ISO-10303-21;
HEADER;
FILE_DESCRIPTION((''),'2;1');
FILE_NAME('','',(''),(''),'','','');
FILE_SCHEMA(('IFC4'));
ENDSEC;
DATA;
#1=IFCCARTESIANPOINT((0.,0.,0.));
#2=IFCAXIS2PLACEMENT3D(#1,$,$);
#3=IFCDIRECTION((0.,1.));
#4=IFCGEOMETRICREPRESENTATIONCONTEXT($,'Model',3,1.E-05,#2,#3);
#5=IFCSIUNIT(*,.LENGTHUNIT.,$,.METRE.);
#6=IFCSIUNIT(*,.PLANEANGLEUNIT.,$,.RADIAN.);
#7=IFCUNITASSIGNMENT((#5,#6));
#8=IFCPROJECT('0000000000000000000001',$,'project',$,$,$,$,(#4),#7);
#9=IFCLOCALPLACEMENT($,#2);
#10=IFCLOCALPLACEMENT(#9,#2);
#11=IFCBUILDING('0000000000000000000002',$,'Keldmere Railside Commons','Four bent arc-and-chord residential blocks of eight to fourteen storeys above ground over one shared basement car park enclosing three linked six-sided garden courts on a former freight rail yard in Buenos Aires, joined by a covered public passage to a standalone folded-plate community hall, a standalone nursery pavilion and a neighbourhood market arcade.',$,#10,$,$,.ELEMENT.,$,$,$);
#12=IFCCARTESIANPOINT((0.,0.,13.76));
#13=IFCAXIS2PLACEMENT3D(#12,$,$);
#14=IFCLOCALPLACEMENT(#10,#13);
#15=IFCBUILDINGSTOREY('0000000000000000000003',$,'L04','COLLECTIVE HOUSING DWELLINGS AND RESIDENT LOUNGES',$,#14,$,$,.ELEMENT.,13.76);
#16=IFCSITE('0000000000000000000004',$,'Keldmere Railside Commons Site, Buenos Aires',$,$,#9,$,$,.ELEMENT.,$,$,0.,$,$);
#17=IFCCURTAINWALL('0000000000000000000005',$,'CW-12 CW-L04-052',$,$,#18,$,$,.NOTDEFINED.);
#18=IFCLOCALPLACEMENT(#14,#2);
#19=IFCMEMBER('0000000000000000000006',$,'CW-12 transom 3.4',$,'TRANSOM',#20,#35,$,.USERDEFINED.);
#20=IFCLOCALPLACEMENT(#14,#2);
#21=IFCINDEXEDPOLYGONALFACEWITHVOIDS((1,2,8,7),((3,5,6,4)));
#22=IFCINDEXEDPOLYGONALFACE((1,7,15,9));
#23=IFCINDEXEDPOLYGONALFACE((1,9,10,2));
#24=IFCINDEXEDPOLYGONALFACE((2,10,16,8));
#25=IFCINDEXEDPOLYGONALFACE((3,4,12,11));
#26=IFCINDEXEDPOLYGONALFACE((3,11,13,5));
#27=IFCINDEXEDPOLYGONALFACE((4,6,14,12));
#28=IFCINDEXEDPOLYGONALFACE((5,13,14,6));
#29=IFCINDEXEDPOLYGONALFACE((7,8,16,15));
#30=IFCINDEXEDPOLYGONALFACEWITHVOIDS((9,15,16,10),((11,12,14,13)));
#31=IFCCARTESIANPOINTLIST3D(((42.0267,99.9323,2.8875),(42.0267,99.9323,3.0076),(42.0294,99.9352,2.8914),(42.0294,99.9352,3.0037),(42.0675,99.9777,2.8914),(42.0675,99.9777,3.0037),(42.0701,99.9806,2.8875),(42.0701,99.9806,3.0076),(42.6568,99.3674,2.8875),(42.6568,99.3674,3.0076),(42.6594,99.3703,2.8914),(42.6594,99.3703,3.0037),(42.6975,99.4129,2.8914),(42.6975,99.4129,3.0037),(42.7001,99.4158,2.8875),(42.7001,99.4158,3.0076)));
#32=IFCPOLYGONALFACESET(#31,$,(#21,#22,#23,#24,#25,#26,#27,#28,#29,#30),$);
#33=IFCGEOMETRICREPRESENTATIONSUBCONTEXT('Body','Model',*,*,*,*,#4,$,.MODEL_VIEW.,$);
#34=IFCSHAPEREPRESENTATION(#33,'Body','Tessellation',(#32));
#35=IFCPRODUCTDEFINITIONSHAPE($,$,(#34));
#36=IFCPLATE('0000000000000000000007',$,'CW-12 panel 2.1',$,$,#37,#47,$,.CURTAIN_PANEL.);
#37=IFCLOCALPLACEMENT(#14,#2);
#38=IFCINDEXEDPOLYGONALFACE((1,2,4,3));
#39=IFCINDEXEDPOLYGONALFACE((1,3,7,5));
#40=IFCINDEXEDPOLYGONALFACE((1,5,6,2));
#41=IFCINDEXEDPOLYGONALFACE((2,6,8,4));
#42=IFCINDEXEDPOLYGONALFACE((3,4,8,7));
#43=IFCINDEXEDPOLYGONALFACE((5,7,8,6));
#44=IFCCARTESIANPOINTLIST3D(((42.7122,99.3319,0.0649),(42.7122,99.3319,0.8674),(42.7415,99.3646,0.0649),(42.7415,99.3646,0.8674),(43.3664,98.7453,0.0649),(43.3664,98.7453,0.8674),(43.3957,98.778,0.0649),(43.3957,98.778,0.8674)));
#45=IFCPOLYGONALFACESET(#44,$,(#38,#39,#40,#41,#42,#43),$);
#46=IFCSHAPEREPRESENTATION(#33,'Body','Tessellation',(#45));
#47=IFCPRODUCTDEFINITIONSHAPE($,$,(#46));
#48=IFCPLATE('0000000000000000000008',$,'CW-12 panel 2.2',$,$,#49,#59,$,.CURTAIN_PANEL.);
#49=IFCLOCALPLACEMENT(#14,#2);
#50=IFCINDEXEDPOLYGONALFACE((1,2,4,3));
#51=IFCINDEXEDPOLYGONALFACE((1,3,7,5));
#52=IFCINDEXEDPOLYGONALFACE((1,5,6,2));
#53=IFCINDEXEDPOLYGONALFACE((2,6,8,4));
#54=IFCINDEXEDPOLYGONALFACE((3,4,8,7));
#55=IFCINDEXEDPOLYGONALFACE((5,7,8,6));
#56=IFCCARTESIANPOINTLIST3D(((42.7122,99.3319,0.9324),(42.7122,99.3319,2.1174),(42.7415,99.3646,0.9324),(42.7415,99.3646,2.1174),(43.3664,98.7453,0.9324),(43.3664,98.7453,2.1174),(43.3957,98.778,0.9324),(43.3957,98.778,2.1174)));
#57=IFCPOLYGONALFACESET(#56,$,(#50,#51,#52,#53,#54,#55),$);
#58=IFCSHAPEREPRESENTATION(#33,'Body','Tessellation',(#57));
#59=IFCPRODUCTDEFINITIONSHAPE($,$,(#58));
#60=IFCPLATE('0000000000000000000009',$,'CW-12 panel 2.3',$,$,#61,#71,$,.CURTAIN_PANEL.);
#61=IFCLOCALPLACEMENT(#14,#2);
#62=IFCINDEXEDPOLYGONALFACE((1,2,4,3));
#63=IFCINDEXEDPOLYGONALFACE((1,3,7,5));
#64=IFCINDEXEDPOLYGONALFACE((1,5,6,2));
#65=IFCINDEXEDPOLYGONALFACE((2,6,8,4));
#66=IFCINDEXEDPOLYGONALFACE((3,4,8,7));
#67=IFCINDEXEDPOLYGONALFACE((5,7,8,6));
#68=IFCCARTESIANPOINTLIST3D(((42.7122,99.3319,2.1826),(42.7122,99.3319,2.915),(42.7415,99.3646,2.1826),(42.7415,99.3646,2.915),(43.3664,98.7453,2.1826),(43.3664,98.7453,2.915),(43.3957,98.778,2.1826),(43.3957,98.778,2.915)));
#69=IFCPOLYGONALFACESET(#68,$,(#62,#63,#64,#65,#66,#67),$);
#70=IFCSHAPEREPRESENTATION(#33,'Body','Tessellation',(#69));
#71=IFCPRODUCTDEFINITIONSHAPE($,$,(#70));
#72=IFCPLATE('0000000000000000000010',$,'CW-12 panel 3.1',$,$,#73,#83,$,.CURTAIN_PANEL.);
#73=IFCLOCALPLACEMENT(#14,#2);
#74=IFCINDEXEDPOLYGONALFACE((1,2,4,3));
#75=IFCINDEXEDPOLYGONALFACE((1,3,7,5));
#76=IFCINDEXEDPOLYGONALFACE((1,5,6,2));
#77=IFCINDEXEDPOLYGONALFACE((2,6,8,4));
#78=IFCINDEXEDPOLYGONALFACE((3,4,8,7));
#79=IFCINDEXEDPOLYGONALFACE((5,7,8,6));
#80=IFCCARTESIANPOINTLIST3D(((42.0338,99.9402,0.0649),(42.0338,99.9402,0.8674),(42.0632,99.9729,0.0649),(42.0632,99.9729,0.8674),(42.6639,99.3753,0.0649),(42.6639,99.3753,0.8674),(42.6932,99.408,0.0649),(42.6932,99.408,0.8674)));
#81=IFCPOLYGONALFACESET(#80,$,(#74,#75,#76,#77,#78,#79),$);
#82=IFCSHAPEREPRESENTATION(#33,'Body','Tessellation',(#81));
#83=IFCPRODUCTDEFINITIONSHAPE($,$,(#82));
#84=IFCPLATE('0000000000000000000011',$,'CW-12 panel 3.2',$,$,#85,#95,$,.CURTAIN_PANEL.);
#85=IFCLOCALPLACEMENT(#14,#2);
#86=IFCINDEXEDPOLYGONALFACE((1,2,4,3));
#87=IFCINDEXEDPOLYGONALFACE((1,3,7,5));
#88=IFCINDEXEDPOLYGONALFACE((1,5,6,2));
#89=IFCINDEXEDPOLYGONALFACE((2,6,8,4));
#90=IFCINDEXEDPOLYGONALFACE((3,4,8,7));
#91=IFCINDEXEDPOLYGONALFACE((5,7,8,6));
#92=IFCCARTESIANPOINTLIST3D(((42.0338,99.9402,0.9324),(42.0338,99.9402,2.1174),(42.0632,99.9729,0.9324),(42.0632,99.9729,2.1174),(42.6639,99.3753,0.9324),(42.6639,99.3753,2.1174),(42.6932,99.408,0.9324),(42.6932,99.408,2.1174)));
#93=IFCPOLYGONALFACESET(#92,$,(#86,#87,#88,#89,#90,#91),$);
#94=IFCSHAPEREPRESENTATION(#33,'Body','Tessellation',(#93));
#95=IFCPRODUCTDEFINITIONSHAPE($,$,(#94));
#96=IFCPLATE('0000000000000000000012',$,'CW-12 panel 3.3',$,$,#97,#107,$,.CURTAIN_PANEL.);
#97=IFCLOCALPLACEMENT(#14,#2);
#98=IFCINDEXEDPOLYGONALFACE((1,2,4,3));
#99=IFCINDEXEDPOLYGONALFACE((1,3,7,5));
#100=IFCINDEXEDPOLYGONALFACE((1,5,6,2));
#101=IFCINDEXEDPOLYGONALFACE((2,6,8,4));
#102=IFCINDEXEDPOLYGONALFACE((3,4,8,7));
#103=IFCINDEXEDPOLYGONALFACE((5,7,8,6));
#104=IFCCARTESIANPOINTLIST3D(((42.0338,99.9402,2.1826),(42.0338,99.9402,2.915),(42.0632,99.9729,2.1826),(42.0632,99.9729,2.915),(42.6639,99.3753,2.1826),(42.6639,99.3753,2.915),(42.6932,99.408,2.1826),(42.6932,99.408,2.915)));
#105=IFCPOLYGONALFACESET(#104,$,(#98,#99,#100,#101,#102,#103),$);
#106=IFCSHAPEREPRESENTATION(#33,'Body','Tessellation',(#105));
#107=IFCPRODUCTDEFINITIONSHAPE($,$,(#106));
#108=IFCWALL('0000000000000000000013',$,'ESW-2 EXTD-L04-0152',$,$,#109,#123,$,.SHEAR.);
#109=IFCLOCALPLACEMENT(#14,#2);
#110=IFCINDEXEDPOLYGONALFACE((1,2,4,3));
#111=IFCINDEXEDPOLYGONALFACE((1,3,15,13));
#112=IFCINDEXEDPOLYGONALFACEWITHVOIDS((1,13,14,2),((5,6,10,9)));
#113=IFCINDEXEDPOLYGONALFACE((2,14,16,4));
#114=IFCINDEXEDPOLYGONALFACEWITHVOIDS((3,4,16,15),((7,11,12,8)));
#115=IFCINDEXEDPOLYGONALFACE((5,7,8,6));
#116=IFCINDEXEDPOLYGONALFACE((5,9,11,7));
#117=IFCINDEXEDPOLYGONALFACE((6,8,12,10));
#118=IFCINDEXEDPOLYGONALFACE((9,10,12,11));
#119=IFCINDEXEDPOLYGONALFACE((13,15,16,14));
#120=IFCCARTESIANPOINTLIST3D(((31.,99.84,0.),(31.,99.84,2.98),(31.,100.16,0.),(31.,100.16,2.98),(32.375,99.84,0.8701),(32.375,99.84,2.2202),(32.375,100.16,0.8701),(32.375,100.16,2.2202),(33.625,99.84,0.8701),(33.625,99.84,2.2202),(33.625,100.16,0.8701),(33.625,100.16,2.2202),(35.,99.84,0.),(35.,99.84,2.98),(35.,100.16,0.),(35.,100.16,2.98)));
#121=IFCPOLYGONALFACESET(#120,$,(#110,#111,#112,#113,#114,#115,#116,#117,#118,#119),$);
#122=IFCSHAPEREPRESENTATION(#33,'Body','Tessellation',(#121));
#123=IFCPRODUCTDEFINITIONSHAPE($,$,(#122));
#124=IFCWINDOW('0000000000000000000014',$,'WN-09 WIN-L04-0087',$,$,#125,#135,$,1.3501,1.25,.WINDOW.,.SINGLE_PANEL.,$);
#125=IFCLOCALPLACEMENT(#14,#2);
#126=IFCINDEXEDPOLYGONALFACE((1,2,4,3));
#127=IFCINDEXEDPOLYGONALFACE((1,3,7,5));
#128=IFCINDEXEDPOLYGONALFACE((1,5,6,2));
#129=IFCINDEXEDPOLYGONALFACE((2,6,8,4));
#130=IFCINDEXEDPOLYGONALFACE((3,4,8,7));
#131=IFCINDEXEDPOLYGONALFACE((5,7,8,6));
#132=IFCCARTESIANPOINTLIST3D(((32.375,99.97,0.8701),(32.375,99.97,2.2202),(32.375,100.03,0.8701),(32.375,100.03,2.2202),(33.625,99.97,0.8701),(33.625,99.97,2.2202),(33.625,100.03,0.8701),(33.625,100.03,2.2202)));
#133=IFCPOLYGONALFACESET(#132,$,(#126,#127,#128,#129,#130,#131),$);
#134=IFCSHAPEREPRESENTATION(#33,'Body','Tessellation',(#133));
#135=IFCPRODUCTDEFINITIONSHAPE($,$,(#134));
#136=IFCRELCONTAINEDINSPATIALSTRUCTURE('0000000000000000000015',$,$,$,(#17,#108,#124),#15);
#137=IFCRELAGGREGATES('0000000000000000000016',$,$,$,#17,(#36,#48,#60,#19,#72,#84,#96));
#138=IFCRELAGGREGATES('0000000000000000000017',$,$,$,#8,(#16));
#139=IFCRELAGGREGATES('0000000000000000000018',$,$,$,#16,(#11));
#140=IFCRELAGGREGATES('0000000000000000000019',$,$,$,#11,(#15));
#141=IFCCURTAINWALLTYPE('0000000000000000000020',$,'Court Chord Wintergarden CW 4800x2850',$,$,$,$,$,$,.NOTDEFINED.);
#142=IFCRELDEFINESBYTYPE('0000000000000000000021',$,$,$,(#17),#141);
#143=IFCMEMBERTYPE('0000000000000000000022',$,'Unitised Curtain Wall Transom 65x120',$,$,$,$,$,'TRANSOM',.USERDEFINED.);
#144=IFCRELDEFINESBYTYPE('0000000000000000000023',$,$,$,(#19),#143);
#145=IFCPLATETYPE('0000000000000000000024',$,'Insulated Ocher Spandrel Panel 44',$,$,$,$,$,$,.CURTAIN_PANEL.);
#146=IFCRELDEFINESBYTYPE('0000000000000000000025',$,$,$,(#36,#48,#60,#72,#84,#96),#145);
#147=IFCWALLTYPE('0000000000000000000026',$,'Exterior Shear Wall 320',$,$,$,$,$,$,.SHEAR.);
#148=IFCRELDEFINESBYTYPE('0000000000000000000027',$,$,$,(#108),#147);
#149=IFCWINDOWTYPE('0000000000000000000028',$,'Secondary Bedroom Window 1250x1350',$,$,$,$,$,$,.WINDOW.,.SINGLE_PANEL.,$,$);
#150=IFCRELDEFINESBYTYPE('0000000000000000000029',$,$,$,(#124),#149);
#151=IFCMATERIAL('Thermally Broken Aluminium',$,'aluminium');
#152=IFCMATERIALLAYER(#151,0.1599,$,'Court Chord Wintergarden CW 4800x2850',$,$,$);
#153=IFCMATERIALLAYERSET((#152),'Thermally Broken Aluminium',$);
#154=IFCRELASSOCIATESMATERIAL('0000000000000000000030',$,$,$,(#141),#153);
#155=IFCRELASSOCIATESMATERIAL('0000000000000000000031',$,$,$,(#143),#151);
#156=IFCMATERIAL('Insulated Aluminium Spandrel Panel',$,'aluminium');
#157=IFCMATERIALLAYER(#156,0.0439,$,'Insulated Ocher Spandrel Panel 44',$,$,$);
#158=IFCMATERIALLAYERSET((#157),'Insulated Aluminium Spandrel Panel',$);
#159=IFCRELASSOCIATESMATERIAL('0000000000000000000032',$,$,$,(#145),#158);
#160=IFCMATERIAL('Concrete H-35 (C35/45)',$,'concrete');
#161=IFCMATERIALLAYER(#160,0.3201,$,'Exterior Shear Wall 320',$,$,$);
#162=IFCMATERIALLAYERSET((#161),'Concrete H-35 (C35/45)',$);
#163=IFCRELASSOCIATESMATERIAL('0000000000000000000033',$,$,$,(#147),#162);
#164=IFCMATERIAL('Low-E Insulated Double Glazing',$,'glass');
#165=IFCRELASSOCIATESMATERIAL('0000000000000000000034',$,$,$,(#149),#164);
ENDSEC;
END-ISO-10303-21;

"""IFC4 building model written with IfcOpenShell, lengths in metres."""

from ifc_helpers import new_model, si_unit, direction, frame, frame_2d, origin, origin_2d, place, context, subcontext, project, spatial, rectangle, hollow_rectangle, extrude, material, layer, layer_set, material_profile, profile_set, type_object, element, fill, aggregate, save


model = new_model("IFC4")

# Units and contexts
model_context = context("Model", 3, precision=1e-05, world=origin(), true_north=direction((0.0, 1.0)))
body_context = subcontext(model_context, "Body", "Model", "MODEL_VIEW")
ifc_project = project(units=[si_unit("LENGTHUNIT", "METRE"), si_unit("PLANEANGLEUNIT", "RADIAN")], contexts=[model_context])

# Site, building, storey
site_placement = place(None, origin())
site = spatial("IfcSite", under=ifc_project, at=site_placement, Name="Keldmere Railside Commons Site, Buenos Aires", CompositionType="ELEMENT", RefElevation=0.0)
building_placement = place(site_placement, origin())
building = spatial("IfcBuilding", under=site, at=building_placement, Name="Keldmere Railside Commons", Description="Four bent arc-and-chord residential blocks of eight to fourteen storeys above ground over one shared basement car park enclosing three linked six-sided garden courts on a former freight rail yard in Buenos Aires, joined by a covered public passage to a standalone folded-plate community hall, a standalone nursery pavilion and a neighbourhood market arcade.", CompositionType="ELEMENT")
storey_placement = place(building_placement, frame((0.0, 0.0, 13.76)))
storey = spatial("IfcBuildingStorey", under=building, at=storey_placement, Name="L04", Description="COLLECTIVE HOUSING DWELLINGS AND RESIDENT LOUNGES", CompositionType="ELEMENT", Elevation=13.76)

# Shared definitions
ifc_material_1 = material(Name="Concrete H-35 (C35/45)", Category="concrete")

# Curtain wall, member, plates
ifc_material_2 = material(Name="Thermally Broken Aluminium", Category="aluminium")
ifc_layer_1 = layer(ifc_material_2, 0.1599, Name="Court Chord Wintergarden CW 4800x2850")
ifc_layer_set_1 = layer_set([ifc_layer_1], Name="Thermally Broken Aluminium")
curtain_wall_type = type_object("IfcCurtainWallType", Name="Court Chord Wintergarden CW 4800x2850", PredefinedType="NOTDEFINED", material=ifc_layer_set_1)
curtain_wall_placement = place(storey_placement, origin())
curtain_wall = element("IfcCurtainWall", 1, at=curtain_wall_placement, inside=storey, type_object=curtain_wall_type, Name="CW-12 CW-L04-052", PredefinedType="NOTDEFINED")
ifc_material_profile_1 = material_profile(ifc_material_2, hollow_rectangle(XDim=0.0649, YDim=0.1201, WallThickness=0.0039, at=origin_2d()), Name="ALU-TRAN-65x120")
ifc_profile_set_1 = profile_set([ifc_material_profile_1], Name="Thermally Broken Aluminium")
member_type_1 = type_object("IfcMemberType", Name="Unitised Curtain Wall Transom 65x120", ElementType="TRANSOM", PredefinedType="USERDEFINED", material=ifc_profile_set_1)
member_1_placement = place(storey_placement, frame((42.6785, 99.3916, 2.9475), z_axis=(-0.744569, 0.667545, 0.0), x_axis=(-0.667545, -0.744569, 0.0)))
member_1 = element("IfcMember", 2, at=member_1_placement, type_object=member_type_1, Name="CW-12 transom 3.4", ObjectType="TRANSOM", PredefinedType="USERDEFINED", context=body_context, shape_type="SweptSolid", body=[
    extrude(hollow_rectangle(XDim=0.0649, YDim=0.1201, WallThickness=0.0039, at=origin_2d()), origin(), (0.0, 0.0, 1.0), 0.8462),
])
ifc_material_3 = material(Name="Insulated Aluminium Spandrel Panel", Category="aluminium")
ifc_layer_2 = layer(ifc_material_3, 0.0439, Name="Insulated Ocher Spandrel Panel 44")
ifc_layer_set_2 = layer_set([ifc_layer_2], Name="Insulated Aluminium Spandrel Panel")
plate_type = type_object("IfcPlateType", Name="Insulated Ocher Spandrel Panel 44", PredefinedType="CURTAIN_PANEL", material=ifc_layer_set_2)
plate_1_placement = place(storey_placement, frame((43.054, 99.0549, 0.0649), z_axis=(0.0, 0.0, 1.0), x_axis=(-0.744557, 0.667559, 0.0)))
plate_1 = element("IfcPlate", 3, at=plate_1_placement, type_object=plate_type, Name="CW-12 panel 2.1", PredefinedType="CURTAIN_PANEL", context=body_context, shape_type="SweptSolid", body=[
    extrude(rectangle(XDim=0.8787, YDim=0.0439, at=origin_2d()), origin(), (0.0, 0.0, 1.0), 0.8025),
])
plate_2_placement = place(storey_placement, frame((43.054, 99.0549, 0.9324), z_axis=(0.0, 0.0, 1.0), x_axis=(-0.744557, 0.667559, 0.0)))
plate_2 = element("IfcPlate", 4, at=plate_2_placement, type_object=plate_type, Name="CW-12 panel 2.2", PredefinedType="CURTAIN_PANEL", context=body_context, shape_type="SweptSolid", body=[
    extrude(rectangle(XDim=0.8787, YDim=0.0439, at=origin_2d()), origin(), (0.0, 0.0, 1.0), 1.1851),
])
plate_3_placement = place(storey_placement, frame((43.054, 99.0549, 2.1826), z_axis=(0.0, 0.0, 1.0), x_axis=(-0.744557, 0.667559, 0.0)))
plate_3 = element("IfcPlate", 5, at=plate_3_placement, type_object=plate_type, Name="CW-12 panel 2.3", PredefinedType="CURTAIN_PANEL", context=body_context, shape_type="SweptSolid", body=[
    extrude(rectangle(XDim=0.8787, YDim=0.0439, at=origin_2d()), origin(), (0.0, 0.0, 1.0), 0.7324),
])
plate_4_placement = place(storey_placement, frame((42.3635, 99.6741, 0.0649), z_axis=(0.0, 0.0, 1.0), x_axis=(-0.744557, 0.667559, 0.0)))
plate_4 = element("IfcPlate", 6, at=plate_4_placement, type_object=plate_type, Name="CW-12 panel 3.1", PredefinedType="CURTAIN_PANEL", context=body_context, shape_type="SweptSolid", body=[
    extrude(rectangle(XDim=0.8462, YDim=0.0439, at=origin_2d()), origin(), (0.0, 0.0, 1.0), 0.8025),
])
plate_5_placement = place(storey_placement, frame((42.3635, 99.6741, 0.9324), z_axis=(0.0, 0.0, 1.0), x_axis=(-0.744557, 0.667559, 0.0)))
plate_5 = element("IfcPlate", 7, at=plate_5_placement, type_object=plate_type, Name="CW-12 panel 3.2", PredefinedType="CURTAIN_PANEL", context=body_context, shape_type="SweptSolid", body=[
    extrude(rectangle(XDim=0.8462, YDim=0.0439, at=origin_2d()), origin(), (0.0, 0.0, 1.0), 1.1851),
])
plate_6_placement = place(storey_placement, frame((42.3635, 99.6741, 2.1826), z_axis=(0.0, 0.0, 1.0), x_axis=(-0.744557, 0.667559, 0.0)))
plate_6 = element("IfcPlate", 8, at=plate_6_placement, type_object=plate_type, Name="CW-12 panel 3.3", PredefinedType="CURTAIN_PANEL", context=body_context, shape_type="SweptSolid", body=[
    extrude(rectangle(XDim=0.8462, YDim=0.0439, at=origin_2d()), origin(), (0.0, 0.0, 1.0), 0.7324),
])
aggregate(curtain_wall, [plate_1, plate_2, plate_3, member_1, plate_4, plate_5, plate_6])

# Wall, opening, window
ifc_layer_3 = layer(ifc_material_1, 0.3201, Name="Exterior Shear Wall 320")
ifc_layer_set_3 = layer_set([ifc_layer_3], Name="Concrete H-35 (C35/45)")
wall_type_1 = type_object("IfcWallType", Name="Exterior Shear Wall 320", PredefinedType="SHEAR", material=ifc_layer_set_3)
wall_1_placement = place(storey_placement, frame((35.0, 100.0, 0.0), z_axis=(0.0, 0.0, 1.0), x_axis=(-1.0, 0.0, 0.0)))
wall_1 = element("IfcWall", 9, at=wall_1_placement, inside=storey, type_object=wall_type_1, Name="ESW-2 EXTD-L04-0152", PredefinedType="SHEAR", context=body_context, shape_type="SweptSolid", body=[
    extrude(rectangle(XDim=4.0, YDim=0.3201, at=frame_2d((2.0, 0.0))), origin(), (0.0, 0.0, 1.0), 2.98),
])
opening_1_placement = place(wall_1_placement, frame((1.375, 0.0, 0.8701)))
opening_1 = element("IfcOpeningElement", 10, at=opening_1_placement, cuts=wall_1, PredefinedType="OPENING", context=body_context, shape_type="SweptSolid", body=[
    extrude(rectangle(XDim=1.25, YDim=1.3501, at=frame_2d((0.625, 0.675))), frame((0.0, 0.1699, 0.0), z_axis=(0.0, -1.0, 0.0), x_axis=(1.0, 0.0, 0.0)), (0.0, 0.0, 1.0), 0.3401),
])
ifc_material_4 = material(Name="Low-E Insulated Double Glazing", Category="glass")
window_type_1 = type_object("IfcWindowType", Name="Secondary Bedroom Window 1250x1350", PartitioningType="SINGLE_PANEL", PredefinedType="WINDOW", material=ifc_material_4)
window_1_placement = place(opening_1_placement, origin())
window_1 = element("IfcWindow", 11, at=window_1_placement, inside=storey, type_object=window_type_1, Name="WN-09 WIN-L04-0087", OverallHeight=1.3501, OverallWidth=1.25, PartitioningType="SINGLE_PANEL", PredefinedType="WINDOW", context=body_context, shape_type="SweptSolid", body=[
    extrude(rectangle(XDim=1.25, YDim=1.3501, at=frame_2d((0.625, 0.675))), frame((0.0, 0.03, 0.0), z_axis=(0.0, -1.0, 0.0), x_axis=(1.0, 0.0, 0.0)), (0.0, 0.0, 1.0), 0.0601),
])
fill(opening_1, window_1)

save(model, "model.ifc")
